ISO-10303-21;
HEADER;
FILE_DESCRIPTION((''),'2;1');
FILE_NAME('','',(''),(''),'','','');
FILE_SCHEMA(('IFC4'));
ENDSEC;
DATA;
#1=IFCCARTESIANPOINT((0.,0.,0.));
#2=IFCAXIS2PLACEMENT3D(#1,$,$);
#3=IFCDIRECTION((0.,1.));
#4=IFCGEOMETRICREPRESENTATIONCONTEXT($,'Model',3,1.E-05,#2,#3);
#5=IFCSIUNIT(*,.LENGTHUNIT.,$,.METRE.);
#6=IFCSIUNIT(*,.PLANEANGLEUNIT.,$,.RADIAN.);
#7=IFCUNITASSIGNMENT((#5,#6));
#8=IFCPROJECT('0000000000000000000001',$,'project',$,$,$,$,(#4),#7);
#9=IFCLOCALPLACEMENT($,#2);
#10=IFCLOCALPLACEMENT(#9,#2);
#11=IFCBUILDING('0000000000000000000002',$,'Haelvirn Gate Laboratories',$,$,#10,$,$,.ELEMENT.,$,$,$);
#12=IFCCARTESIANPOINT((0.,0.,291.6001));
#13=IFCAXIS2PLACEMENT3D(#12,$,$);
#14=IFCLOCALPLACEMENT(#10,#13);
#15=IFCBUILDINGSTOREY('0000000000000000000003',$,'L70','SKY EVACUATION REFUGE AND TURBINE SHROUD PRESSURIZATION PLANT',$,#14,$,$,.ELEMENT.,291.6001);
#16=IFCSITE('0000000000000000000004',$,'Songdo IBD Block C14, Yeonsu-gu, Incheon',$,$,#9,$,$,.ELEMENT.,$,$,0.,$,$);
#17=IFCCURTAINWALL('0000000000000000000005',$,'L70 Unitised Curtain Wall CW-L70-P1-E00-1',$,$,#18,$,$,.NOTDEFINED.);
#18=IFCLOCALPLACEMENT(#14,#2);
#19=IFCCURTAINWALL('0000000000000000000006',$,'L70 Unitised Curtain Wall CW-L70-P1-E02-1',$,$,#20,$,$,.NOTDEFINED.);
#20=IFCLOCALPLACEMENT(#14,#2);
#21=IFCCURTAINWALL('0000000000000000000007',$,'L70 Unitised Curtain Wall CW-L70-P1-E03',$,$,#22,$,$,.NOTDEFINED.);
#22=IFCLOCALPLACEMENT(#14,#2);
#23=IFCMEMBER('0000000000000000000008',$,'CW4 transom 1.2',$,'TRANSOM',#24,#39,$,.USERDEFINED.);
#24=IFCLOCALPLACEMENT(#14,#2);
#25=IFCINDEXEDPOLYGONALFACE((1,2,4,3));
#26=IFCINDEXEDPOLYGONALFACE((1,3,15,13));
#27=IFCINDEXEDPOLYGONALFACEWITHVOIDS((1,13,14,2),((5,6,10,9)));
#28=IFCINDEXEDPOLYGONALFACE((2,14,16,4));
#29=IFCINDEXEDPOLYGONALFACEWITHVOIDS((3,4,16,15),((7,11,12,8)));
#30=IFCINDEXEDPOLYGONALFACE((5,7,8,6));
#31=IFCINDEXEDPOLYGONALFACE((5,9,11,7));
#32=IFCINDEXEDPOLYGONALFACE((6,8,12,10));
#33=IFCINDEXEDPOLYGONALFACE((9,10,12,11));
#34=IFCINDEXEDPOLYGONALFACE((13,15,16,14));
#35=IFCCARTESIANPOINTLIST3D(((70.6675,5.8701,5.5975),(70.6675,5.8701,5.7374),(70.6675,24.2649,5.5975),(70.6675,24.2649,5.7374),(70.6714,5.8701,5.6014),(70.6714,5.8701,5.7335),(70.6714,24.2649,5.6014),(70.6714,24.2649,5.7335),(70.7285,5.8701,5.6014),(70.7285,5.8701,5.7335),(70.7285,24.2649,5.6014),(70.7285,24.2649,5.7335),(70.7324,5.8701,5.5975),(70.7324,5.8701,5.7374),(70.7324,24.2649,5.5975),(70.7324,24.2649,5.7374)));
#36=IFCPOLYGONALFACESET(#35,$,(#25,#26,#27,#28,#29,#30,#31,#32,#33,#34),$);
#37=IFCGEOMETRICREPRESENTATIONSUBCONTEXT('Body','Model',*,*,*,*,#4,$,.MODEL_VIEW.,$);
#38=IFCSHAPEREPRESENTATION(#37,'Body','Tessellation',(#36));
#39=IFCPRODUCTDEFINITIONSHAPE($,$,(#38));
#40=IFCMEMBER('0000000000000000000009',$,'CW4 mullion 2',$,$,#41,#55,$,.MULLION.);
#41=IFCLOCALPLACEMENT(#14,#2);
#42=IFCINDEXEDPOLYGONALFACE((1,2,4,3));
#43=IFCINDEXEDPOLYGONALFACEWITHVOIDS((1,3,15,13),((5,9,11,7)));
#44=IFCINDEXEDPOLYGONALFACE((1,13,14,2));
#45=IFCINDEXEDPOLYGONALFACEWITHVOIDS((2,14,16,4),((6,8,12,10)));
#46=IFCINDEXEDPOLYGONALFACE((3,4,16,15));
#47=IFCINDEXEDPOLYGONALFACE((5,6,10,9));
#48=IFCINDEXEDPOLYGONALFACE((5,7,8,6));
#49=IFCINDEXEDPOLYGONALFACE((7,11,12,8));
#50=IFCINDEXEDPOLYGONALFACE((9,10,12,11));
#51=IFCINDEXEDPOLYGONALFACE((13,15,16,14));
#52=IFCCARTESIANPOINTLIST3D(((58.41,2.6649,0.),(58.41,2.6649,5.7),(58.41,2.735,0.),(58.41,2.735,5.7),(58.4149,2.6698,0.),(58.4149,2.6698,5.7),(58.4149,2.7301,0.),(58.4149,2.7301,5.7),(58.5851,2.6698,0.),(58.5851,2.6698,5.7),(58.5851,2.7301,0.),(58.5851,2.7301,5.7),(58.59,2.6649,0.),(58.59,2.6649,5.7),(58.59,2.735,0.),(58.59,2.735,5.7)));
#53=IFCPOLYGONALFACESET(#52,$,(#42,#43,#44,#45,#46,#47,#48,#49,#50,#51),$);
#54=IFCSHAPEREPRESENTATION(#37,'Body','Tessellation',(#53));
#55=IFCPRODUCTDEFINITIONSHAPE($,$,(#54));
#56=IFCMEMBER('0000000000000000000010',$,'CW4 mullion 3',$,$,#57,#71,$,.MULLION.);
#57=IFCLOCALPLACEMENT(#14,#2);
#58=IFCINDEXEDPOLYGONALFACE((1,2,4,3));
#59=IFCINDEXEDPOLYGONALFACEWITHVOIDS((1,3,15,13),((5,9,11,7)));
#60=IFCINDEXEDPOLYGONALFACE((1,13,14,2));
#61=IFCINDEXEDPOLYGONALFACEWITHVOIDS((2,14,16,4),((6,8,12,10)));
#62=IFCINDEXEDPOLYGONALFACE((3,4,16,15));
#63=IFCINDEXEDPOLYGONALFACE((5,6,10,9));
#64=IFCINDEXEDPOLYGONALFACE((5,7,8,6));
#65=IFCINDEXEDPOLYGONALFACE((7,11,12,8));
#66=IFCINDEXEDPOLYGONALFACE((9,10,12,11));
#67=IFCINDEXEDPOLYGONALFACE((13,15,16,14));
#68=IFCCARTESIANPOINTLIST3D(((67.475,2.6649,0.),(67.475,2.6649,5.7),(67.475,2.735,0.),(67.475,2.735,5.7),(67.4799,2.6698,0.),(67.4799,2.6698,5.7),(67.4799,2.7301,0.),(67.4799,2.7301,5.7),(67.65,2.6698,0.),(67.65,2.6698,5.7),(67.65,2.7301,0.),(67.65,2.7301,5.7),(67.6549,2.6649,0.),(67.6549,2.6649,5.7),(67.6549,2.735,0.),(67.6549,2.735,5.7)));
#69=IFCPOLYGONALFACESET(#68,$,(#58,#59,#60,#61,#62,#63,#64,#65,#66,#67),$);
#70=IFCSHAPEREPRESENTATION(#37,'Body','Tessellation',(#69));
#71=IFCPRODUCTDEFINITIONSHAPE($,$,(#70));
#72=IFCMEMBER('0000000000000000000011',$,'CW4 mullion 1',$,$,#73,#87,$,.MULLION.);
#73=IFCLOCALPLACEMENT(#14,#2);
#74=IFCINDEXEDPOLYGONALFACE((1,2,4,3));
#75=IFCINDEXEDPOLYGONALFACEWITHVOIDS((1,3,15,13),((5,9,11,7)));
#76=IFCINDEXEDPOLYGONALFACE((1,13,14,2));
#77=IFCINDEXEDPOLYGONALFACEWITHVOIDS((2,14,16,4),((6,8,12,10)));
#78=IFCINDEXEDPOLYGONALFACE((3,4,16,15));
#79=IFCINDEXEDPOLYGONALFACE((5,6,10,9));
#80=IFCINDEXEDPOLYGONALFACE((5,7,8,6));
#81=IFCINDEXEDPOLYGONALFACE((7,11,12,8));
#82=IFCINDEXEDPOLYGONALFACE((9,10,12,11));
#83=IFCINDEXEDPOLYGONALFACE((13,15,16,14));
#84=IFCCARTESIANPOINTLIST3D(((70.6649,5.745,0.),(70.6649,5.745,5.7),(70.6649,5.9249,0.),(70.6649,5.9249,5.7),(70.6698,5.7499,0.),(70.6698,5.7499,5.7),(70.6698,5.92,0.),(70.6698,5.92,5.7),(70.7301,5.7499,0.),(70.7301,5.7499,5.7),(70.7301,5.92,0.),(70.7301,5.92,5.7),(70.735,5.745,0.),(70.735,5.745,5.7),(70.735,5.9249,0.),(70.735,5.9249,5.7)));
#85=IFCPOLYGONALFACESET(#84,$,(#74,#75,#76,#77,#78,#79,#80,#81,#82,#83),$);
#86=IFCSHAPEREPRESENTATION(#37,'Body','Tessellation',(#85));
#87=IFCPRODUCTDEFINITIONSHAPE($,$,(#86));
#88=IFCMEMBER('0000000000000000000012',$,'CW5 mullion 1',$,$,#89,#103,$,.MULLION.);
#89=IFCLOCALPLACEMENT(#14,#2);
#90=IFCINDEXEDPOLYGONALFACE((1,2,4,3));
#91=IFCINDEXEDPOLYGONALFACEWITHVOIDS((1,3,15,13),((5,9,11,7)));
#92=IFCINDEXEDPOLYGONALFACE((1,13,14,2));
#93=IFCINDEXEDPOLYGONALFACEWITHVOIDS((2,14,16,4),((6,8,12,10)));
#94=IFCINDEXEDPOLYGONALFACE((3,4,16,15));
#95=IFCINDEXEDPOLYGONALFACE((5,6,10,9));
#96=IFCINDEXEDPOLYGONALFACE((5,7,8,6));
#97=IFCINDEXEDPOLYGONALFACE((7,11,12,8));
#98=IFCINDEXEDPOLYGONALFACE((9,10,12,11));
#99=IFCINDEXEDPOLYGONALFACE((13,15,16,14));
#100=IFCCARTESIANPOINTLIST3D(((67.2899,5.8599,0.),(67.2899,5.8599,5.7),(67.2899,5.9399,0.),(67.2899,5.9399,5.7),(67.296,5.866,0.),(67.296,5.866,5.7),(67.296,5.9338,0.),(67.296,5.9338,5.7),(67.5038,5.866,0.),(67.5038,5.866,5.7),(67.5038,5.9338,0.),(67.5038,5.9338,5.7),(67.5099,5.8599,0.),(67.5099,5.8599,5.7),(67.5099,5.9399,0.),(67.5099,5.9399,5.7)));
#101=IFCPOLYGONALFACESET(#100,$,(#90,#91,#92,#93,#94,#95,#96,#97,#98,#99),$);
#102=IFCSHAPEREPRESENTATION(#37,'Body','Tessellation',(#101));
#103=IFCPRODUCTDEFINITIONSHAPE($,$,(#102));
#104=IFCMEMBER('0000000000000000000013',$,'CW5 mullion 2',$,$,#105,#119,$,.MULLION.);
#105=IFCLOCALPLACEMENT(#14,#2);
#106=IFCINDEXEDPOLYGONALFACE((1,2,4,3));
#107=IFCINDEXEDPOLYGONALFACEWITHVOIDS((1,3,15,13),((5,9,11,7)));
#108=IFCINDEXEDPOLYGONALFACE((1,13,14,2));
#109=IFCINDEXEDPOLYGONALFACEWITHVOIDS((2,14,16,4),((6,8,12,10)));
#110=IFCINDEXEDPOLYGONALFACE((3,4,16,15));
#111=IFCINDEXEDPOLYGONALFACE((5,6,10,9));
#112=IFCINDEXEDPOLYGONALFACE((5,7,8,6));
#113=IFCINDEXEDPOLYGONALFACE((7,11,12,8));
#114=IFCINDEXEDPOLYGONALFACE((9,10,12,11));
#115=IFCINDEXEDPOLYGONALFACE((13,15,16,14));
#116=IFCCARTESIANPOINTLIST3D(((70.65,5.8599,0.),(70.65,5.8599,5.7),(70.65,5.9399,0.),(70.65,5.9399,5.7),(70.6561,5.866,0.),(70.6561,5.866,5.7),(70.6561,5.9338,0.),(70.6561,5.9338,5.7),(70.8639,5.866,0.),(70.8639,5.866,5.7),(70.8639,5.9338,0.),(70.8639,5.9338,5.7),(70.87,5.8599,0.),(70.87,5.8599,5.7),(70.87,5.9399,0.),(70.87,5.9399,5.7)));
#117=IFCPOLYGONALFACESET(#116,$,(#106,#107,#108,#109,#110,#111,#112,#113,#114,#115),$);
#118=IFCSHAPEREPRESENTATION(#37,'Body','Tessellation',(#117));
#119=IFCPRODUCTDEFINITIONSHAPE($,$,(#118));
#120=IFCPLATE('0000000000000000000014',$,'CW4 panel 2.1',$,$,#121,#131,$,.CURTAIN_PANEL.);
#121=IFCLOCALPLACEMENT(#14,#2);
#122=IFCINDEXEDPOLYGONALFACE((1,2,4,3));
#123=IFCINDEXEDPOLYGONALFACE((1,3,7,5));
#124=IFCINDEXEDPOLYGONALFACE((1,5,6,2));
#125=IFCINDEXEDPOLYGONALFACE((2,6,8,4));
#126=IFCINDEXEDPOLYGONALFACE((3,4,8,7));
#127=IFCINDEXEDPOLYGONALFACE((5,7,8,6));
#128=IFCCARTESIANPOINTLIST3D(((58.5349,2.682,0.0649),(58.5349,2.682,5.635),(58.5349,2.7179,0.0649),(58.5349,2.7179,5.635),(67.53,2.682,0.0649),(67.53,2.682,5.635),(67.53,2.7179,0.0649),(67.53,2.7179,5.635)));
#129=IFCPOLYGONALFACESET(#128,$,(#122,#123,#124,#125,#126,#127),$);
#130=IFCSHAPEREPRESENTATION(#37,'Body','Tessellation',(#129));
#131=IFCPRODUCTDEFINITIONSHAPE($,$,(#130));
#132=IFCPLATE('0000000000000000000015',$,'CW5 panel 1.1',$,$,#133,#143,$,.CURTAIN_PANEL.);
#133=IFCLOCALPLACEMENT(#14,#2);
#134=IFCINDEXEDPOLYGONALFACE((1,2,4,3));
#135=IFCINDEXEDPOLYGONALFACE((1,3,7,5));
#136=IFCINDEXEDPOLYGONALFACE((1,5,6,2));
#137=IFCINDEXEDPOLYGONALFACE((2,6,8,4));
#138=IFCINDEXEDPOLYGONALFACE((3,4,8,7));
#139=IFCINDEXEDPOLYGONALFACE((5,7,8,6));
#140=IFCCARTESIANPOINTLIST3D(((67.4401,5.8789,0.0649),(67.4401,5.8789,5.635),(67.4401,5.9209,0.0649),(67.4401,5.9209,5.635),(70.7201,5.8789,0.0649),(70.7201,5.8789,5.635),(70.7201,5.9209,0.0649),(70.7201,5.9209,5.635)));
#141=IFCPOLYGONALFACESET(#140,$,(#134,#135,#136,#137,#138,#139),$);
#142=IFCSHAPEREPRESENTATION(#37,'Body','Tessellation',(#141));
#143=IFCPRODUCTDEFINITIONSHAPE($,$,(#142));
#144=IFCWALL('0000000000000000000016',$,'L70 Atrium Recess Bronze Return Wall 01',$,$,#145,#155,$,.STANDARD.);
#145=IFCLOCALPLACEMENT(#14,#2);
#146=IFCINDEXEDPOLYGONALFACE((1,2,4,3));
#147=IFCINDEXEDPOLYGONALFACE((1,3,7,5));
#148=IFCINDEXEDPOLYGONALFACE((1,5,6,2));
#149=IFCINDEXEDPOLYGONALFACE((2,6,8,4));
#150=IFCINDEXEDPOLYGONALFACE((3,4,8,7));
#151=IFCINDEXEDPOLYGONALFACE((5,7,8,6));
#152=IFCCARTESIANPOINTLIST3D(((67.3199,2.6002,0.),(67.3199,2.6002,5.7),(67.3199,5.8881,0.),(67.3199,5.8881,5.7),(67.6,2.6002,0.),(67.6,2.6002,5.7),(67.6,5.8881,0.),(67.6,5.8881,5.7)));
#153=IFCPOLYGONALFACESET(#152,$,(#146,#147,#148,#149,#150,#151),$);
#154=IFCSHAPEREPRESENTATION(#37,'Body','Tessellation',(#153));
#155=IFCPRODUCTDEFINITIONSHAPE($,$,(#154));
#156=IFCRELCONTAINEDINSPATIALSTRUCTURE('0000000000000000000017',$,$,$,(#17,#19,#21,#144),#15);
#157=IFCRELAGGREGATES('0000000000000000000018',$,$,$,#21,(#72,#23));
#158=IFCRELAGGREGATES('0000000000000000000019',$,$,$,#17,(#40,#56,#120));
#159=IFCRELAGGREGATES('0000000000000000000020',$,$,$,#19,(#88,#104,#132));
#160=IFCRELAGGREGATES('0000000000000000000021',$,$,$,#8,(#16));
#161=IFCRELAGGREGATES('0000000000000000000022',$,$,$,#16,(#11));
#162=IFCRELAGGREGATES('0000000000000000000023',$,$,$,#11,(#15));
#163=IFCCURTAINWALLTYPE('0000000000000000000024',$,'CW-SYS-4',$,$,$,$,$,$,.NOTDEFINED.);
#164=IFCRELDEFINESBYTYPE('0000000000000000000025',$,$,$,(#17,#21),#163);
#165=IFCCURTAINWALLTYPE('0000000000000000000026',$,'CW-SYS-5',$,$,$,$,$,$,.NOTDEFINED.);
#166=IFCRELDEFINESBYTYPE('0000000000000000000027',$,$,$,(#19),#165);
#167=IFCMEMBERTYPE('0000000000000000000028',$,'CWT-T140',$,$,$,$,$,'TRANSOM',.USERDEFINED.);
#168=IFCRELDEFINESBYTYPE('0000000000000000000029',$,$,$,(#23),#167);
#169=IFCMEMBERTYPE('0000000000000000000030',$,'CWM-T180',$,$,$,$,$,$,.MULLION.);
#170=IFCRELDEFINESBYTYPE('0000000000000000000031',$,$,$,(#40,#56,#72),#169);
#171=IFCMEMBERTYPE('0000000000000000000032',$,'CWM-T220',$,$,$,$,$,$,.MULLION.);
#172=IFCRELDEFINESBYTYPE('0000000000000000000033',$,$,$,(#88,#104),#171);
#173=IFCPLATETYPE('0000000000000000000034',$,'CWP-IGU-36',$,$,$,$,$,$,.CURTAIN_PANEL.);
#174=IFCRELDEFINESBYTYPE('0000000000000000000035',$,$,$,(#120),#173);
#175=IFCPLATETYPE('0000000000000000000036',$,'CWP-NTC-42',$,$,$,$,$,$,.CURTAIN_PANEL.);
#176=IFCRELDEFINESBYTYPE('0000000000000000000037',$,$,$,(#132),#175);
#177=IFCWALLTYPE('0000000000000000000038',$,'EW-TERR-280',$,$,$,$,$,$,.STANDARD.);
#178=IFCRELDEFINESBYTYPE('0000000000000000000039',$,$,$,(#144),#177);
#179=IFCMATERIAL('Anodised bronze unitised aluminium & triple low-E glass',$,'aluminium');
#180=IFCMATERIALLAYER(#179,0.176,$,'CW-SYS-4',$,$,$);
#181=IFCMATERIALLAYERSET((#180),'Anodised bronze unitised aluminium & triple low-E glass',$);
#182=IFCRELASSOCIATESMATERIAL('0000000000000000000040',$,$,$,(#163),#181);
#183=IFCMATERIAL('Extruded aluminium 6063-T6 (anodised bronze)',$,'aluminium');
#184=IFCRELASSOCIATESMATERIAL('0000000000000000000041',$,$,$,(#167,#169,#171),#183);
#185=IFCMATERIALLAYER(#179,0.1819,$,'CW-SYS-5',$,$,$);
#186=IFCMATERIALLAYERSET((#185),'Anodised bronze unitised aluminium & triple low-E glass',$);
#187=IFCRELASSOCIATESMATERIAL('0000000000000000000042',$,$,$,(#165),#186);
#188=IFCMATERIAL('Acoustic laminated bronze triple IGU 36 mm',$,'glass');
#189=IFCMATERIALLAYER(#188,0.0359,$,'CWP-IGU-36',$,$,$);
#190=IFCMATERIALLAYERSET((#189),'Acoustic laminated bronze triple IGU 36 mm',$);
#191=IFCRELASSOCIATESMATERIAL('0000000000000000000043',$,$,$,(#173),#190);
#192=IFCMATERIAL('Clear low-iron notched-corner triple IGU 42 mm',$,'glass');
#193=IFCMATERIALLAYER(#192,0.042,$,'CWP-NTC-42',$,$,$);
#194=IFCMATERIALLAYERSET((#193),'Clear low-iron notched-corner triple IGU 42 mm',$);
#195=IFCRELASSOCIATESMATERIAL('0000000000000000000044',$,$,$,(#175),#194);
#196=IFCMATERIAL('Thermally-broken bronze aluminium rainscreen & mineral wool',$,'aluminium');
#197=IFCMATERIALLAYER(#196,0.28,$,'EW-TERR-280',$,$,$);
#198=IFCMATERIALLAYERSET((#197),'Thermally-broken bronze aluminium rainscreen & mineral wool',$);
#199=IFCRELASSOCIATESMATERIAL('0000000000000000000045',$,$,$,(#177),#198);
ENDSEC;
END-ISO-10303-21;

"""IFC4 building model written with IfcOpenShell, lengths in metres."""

from ifc_helpers import new_model, si_unit, direction, frame, frame_2d, origin, origin_2d, place, context, subcontext, project, spatial, rectangle, hollow_rectangle, extrude, source, transform, mapped, material, layer, layer_set, material_profile, profile_set, type_object, type_shapes, element, aggregate, save


model = new_model("IFC4")

# Units and contexts
model_context = context("Model", 3, precision=1e-05, world=origin(), true_north=direction((0.0, 1.0)))
body_context = subcontext(model_context, "Body", "Model", "MODEL_VIEW")
ifc_project = project(units=[si_unit("LENGTHUNIT", "METRE"), si_unit("PLANEANGLEUNIT", "RADIAN")], contexts=[model_context])

# Site, building, storey
site_placement = place(None, origin())
site = spatial("IfcSite", under=ifc_project, at=site_placement, Name="Songdo IBD Block C14, Yeonsu-gu, Incheon", CompositionType="ELEMENT", RefElevation=0.0)
building_placement = place(site_placement, origin())
building = spatial("IfcBuilding", under=site, at=building_placement, Name="Haelvirn Gate Laboratories", CompositionType="ELEMENT")
storey_placement = place(building_placement, frame((0.0, 0.0, 291.6001)))
storey = spatial("IfcBuildingStorey", under=building, at=storey_placement, Name="L70", Description="SKY EVACUATION REFUGE AND TURBINE SHROUD PRESSURIZATION PLANT", CompositionType="ELEMENT", Elevation=291.6001)

# Curtain walls, member
ifc_material_1 = material(Name="Anodised bronze unitised aluminium & triple low-E glass", Category="aluminium")
ifc_layer_1 = layer(ifc_material_1, 0.176, Name="CW-SYS-4")
ifc_layer_set_1 = layer_set([ifc_layer_1], Name="Anodised bronze unitised aluminium & triple low-E glass")
curtain_wall_type_1 = type_object("IfcCurtainWallType", Name="CW-SYS-4", PredefinedType="NOTDEFINED", material=ifc_layer_set_1)
curtain_wall_1_placement = place(storey_placement, origin())
curtain_wall_1 = element("IfcCurtainWall", 1, at=curtain_wall_1_placement, inside=storey, type_object=curtain_wall_type_1, Name="L70 Unitised Curtain Wall CW-L70-P1-E00-1", PredefinedType="NOTDEFINED")
ifc_material_2 = material(Name="Extruded aluminium 6063-T6 (anodised bronze)", Category="aluminium")
ifc_material_profile_1 = material_profile(ifc_material_2, hollow_rectangle(XDim=0.0649, YDim=0.1399, WallThickness=0.0039, at=origin_2d()), Name="CWT-140x65x4")
ifc_profile_set_1 = profile_set([ifc_material_profile_1], Name="Extruded aluminium 6063-T6 (anodised bronze)")
member_type_1 = type_object("IfcMemberType", Name="CWT-T140", ElementType="TRANSOM", PredefinedType="USERDEFINED", material=ifc_profile_set_1)
ifc_layer_2 = layer(ifc_material_1, 0.1819, Name="CW-SYS-5")
ifc_layer_set_2 = layer_set([ifc_layer_2], Name="Anodised bronze unitised aluminium & triple low-E glass")
curtain_wall_type_2 = type_object("IfcCurtainWallType", Name="CW-SYS-5", PredefinedType="NOTDEFINED", material=ifc_layer_set_2)
curtain_wall_2_placement = place(storey_placement, origin())
curtain_wall_2 = element("IfcCurtainWall", 2, at=curtain_wall_2_placement, inside=storey, type_object=curtain_wall_type_2, Name="L70 Unitised Curtain Wall CW-L70-P1-E02-1", PredefinedType="NOTDEFINED")
curtain_wall_3_placement = place(storey_placement, origin())
curtain_wall_3 = element("IfcCurtainWall", 3, at=curtain_wall_3_placement, inside=storey, type_object=curtain_wall_type_1, Name="L70 Unitised Curtain Wall CW-L70-P1-E03", PredefinedType="NOTDEFINED")
shared_shape_1 = source(origin(), body_context, "Body", "SweptSolid", [
    extrude(hollow_rectangle(XDim=0.0649, YDim=0.1399, WallThickness=0.0039, at=origin_2d()), origin(), (0.0, 0.0, 1.0), 18.3948),
])
member_1_placement = place(storey_placement, frame((70.7, 5.8701, 5.6675), z_axis=(0.0, 1.0, 0.0), x_axis=(-1.0, 0.0, 0.0)))
member_1 = element("IfcMember", 4, at=member_1_placement, type_object=member_type_1, Name="CW4 transom 1.2", ObjectType="TRANSOM", PredefinedType="USERDEFINED", context=body_context, shape_type="MappedRepresentation", body=[
    mapped(shared_shape_1, transform((0.0, 0.0, 0.0), scale=1.0)),
])

# Members
ifc_material_profile_2 = material_profile(ifc_material_2, hollow_rectangle(XDim=0.0701, YDim=0.1799, WallThickness=0.0049, at=origin_2d()), Name="CWM-180x70x5")
ifc_profile_set_2 = profile_set([ifc_material_profile_2], Name="Extruded aluminium 6063-T6 (anodised bronze)")
member_type_2 = type_object("IfcMemberType", Name="CWM-T180", PredefinedType="MULLION", material=ifc_profile_set_2)
shared_shape_2 = source(origin(), body_context, "Body", "SweptSolid", [
    extrude(hollow_rectangle(XDim=0.0701, YDim=0.1799, WallThickness=0.0049, at=origin_2d()), origin(), (0.0, 0.0, 1.0), 5.7),
])
type_shapes(member_type_2, [shared_shape_2])
member_2_placement = place(storey_placement, frame((58.5, 2.7, 0.0), z_axis=(0.0, 0.0, 1.0), x_axis=(0.0, 1.0, 0.0)))
member_2 = element("IfcMember", 5, at=member_2_placement, type_object=member_type_2, Name="CW4 mullion 2", PredefinedType="MULLION", context=body_context, shape_type="MappedRepresentation", body=[
    mapped(shared_shape_2, transform((0.0, 0.0, 0.0), scale=1.0)),
])
member_3_placement = place(storey_placement, frame((67.5649, 2.7, 0.0), z_axis=(0.0, 0.0, 1.0), x_axis=(0.0, 1.0, 0.0)))
member_3 = element("IfcMember", 6, at=member_3_placement, type_object=member_type_2, Name="CW4 mullion 3", PredefinedType="MULLION", context=body_context, shape_type="MappedRepresentation", body=[
    mapped(shared_shape_2, transform((0.0, 0.0, 0.0), scale=1.0)),
])
member_4_placement = place(storey_placement, frame((70.7, 5.835, 0.0), z_axis=(0.0, 0.0, 1.0), x_axis=(-1.0, 0.0, 0.0)))
member_4 = element("IfcMember", 7, at=member_4_placement, type_object=member_type_2, Name="CW4 mullion 1", PredefinedType="MULLION", context=body_context, shape_type="MappedRepresentation", body=[
    mapped(shared_shape_2, transform((0.0, 0.0, 0.0), scale=1.0)),
])
aggregate(curtain_wall_3, [member_4, member_1])
ifc_material_profile_3 = material_profile(ifc_material_2, hollow_rectangle(XDim=0.0801, YDim=0.22, WallThickness=0.0061, at=origin_2d()), Name="CWM-220x80x6")
ifc_profile_set_3 = profile_set([ifc_material_profile_3], Name="Extruded aluminium 6063-T6 (anodised bronze)")
member_type_3 = type_object("IfcMemberType", Name="CWM-T220", PredefinedType="MULLION", material=ifc_profile_set_3)
shared_shape_3 = source(origin(), body_context, "Body", "SweptSolid", [
    extrude(hollow_rectangle(XDim=0.0801, YDim=0.22, WallThickness=0.0061, at=origin_2d()), origin(), (0.0, 0.0, 1.0), 5.7),
])
type_shapes(member_type_3, [shared_shape_3])
member_5_placement = place(storey_placement, frame((67.3999, 5.8999, 0.0), z_axis=(0.0, 0.0, 1.0), x_axis=(0.0, 1.0, 0.0)))
member_5 = element("IfcMember", 8, at=member_5_placement, type_object=member_type_3, Name="CW5 mullion 1", PredefinedType="MULLION", context=body_context, shape_type="MappedRepresentation", body=[
    mapped(shared_shape_3, transform((0.0, 0.0, 0.0), scale=1.0)),
])
member_6_placement = place(storey_placement, frame((70.76, 5.8999, 0.0), z_axis=(0.0, 0.0, 1.0), x_axis=(0.0, 1.0, 0.0)))
member_6 = element("IfcMember", 9, at=member_6_placement, type_object=member_type_3, Name="CW5 mullion 2", PredefinedType="MULLION", context=body_context, shape_type="MappedRepresentation", body=[
    mapped(shared_shape_3, transform((0.0, 0.0, 0.0), scale=1.0)),
])

# Plates
ifc_material_3 = material(Name="Acoustic laminated bronze triple IGU 36 mm", Category="glass")
ifc_layer_3 = layer(ifc_material_3, 0.0359, Name="CWP-IGU-36")
ifc_layer_set_3 = layer_set([ifc_layer_3], Name="Acoustic laminated bronze triple IGU 36 mm")
plate_type_1 = type_object("IfcPlateType", Name="CWP-IGU-36", PredefinedType="CURTAIN_PANEL", material=ifc_layer_set_3)
shared_shape_4 = source(origin(), body_context, "Body", "SweptSolid", [
    extrude(rectangle(XDim=8.9951, YDim=0.0359, at=origin_2d()), origin(), (0.0, 0.0, 1.0), 5.5701),
])
type_shapes(plate_type_1, [shared_shape_4])
plate_1_placement = place(storey_placement, frame((63.0325, 2.7, 0.0649), z_axis=(0.0, 0.0, 1.0), x_axis=(1.0, 0.0, 0.0)))
plate_1 = element("IfcPlate", 10, at=plate_1_placement, type_object=plate_type_1, Name="CW4 panel 2.1", PredefinedType="CURTAIN_PANEL", context=body_context, shape_type="MappedRepresentation", body=[
    mapped(shared_shape_4, transform((0.0, 0.0, 0.0), scale=1.0)),
])
aggregate(curtain_wall_1, [member_2, member_3, plate_1])
ifc_material_4 = material(Name="Clear low-iron notched-corner triple IGU 42 mm", Category="glass")
ifc_layer_4 = layer(ifc_material_4, 0.042, Name="CWP-NTC-42")
ifc_layer_set_4 = layer_set([ifc_layer_4], Name="Clear low-iron notched-corner triple IGU 42 mm")
plate_type_2 = type_object("IfcPlateType", Name="CWP-NTC-42", PredefinedType="CURTAIN_PANEL", material=ifc_layer_set_4)
shared_shape_5 = source(origin(), body_context, "Body", "SweptSolid", [
    extrude(rectangle(XDim=3.28, YDim=0.042, at=origin_2d()), origin(), (0.0, 0.0, 1.0), 5.5701),
])
type_shapes(plate_type_2, [shared_shape_5])
plate_2_placement = place(storey_placement, frame((69.0801, 5.8999, 0.0649), z_axis=(0.0, 0.0, 1.0), x_axis=(1.0, 0.0, 0.0)))
plate_2 = element("IfcPlate", 11, at=plate_2_placement, type_object=plate_type_2, Name="CW5 panel 1.1", PredefinedType="CURTAIN_PANEL", context=body_context, shape_type="MappedRepresentation", body=[
    mapped(shared_shape_5, transform((0.0, 0.0, 0.0), scale=1.0)),
])
aggregate(curtain_wall_2, [member_5, member_6, plate_2])

# Wall
ifc_material_5 = material(Name="Thermally-broken bronze aluminium rainscreen & mineral wool", Category="aluminium")
ifc_layer_5 = layer(ifc_material_5, 0.28, Name="EW-TERR-280")
ifc_layer_set_5 = layer_set([ifc_layer_5], Name="Thermally-broken bronze aluminium rainscreen & mineral wool")
wall_type = type_object("IfcWallType", Name="EW-TERR-280", PredefinedType="STANDARD", material=ifc_layer_set_5)
wall_placement = place(storey_placement, frame((67.46, 2.6001, 0.0), z_axis=(0.0, 0.0, 1.0), x_axis=(0.0, 1.0, 0.0)))
element("IfcWall", 12, at=wall_placement, inside=storey, type_object=wall_type, Name="L70 Atrium Recess Bronze Return Wall 01", PredefinedType="STANDARD", context=body_context, shape_type="SweptSolid", body=[
    extrude(rectangle(XDim=3.2878, YDim=0.28, at=frame_2d((1.644, 0.0))), origin(), (0.0, 0.0, 1.0), 5.7),
])

save(model, "model.ifc")
